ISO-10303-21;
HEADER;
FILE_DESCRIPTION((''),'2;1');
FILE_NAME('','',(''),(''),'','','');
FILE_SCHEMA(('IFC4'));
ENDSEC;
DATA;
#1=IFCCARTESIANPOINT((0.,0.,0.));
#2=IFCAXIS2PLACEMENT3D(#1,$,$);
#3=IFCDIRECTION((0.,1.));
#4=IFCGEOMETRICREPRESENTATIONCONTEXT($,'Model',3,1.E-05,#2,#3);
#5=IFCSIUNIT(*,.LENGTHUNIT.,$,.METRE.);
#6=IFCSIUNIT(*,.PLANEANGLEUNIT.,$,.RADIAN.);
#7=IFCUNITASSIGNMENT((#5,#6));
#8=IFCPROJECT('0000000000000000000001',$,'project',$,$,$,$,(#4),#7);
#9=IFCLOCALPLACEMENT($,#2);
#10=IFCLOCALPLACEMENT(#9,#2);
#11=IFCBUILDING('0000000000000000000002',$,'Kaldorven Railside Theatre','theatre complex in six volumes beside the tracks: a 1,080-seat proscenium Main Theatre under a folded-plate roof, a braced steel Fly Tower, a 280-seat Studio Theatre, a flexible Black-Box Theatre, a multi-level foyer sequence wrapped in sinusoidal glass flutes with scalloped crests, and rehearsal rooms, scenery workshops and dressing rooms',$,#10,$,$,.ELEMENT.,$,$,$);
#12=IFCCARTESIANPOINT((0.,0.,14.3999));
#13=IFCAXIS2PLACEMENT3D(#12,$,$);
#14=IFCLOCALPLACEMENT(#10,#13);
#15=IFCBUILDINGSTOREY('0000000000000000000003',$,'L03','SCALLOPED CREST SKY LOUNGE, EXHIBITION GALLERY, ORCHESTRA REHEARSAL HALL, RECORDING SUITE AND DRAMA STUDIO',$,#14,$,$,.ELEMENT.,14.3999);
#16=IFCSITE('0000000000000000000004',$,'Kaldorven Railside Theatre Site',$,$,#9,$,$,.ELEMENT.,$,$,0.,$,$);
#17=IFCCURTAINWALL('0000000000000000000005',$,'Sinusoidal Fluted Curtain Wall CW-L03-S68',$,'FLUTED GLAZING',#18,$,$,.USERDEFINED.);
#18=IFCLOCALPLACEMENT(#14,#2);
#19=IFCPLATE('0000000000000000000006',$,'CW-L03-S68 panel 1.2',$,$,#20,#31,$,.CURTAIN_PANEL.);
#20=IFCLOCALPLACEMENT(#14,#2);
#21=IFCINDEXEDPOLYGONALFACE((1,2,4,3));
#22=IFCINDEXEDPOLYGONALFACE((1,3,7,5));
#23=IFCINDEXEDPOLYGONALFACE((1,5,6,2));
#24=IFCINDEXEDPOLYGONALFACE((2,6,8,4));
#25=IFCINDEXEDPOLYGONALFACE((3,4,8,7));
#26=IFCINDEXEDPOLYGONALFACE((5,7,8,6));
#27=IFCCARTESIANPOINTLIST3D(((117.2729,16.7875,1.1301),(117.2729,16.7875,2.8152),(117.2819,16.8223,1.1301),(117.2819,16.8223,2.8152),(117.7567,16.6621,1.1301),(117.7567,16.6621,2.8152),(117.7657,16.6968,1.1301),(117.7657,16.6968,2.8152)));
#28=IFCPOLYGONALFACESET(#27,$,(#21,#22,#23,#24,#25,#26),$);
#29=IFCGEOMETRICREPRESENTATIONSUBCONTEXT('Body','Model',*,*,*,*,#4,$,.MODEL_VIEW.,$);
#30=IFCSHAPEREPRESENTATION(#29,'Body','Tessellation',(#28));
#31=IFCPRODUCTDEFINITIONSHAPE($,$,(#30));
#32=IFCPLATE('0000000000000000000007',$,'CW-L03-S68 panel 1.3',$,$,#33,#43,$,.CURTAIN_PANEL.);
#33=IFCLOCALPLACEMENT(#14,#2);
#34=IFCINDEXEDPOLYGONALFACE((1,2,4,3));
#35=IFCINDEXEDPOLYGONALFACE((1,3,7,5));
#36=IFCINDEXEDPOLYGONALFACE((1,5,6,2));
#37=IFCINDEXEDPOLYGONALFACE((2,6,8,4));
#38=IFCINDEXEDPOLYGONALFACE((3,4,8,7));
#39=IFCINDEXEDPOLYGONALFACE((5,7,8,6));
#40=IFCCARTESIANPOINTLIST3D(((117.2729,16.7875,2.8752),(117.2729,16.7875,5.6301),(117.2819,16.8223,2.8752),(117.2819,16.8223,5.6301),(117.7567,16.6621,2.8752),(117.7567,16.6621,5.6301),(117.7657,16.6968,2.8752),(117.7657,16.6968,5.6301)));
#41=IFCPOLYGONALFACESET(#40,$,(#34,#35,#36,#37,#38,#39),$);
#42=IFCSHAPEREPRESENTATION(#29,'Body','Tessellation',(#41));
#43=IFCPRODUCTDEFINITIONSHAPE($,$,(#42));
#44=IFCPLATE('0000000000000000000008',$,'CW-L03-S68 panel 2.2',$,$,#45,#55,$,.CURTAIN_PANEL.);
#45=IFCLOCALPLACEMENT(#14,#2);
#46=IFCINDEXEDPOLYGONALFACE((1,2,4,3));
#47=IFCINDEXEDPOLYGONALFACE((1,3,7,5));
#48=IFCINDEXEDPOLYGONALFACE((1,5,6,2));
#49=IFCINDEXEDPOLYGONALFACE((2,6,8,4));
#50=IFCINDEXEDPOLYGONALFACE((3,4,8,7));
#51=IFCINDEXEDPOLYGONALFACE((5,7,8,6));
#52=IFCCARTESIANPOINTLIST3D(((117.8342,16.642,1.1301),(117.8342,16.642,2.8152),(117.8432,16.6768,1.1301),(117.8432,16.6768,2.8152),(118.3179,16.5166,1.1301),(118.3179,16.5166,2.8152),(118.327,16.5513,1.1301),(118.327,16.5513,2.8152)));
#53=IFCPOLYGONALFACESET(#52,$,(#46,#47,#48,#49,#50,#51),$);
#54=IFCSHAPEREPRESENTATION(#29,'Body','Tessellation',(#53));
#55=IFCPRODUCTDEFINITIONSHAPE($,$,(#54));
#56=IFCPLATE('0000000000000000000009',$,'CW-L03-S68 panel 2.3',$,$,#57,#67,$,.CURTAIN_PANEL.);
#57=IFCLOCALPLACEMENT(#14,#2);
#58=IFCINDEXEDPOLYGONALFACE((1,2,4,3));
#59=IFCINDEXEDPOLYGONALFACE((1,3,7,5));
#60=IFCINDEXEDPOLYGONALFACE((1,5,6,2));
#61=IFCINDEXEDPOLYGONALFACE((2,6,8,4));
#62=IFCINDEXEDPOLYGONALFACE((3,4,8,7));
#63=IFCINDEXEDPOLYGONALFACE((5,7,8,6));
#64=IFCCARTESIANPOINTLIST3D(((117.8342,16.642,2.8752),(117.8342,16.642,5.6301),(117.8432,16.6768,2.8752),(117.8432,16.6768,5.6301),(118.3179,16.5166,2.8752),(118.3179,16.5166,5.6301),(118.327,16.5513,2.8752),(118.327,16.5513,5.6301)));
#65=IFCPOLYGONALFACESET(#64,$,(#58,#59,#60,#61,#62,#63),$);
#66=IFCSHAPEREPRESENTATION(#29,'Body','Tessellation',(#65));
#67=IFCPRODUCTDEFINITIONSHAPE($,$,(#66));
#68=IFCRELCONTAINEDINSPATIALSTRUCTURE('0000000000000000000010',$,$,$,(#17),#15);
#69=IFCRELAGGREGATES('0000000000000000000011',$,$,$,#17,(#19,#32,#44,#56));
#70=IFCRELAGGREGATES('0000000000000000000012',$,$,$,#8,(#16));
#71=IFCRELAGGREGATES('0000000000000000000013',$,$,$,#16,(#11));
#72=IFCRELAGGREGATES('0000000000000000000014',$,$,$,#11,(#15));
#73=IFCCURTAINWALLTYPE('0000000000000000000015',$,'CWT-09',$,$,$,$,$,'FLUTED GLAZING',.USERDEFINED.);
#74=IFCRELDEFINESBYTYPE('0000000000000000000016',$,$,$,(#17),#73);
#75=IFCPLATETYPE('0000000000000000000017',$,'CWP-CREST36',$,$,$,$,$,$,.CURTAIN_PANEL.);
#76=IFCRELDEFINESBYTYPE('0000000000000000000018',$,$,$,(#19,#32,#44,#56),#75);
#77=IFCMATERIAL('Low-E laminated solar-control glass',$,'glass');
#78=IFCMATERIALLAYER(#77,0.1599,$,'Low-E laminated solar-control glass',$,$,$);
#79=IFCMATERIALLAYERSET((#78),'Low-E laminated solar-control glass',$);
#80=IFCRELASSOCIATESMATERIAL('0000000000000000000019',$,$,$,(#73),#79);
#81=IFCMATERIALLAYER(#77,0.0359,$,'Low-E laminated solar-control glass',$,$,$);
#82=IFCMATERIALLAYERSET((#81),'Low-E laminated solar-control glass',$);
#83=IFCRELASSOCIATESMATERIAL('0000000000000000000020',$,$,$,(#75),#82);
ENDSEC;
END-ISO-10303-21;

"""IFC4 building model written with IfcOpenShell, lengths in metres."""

from ifc_helpers import new_model, si_unit, direction, frame, origin, origin_2d, place, context, subcontext, project, spatial, rectangle, extrude, material, layer, layer_set, type_object, element, aggregate, save


model = new_model("IFC4")

# Units and contexts
model_context = context("Model", 3, precision=1e-05, world=origin(), true_north=direction((0.0, 1.0)))
body_context = subcontext(model_context, "Body", "Model", "MODEL_VIEW")
ifc_project = project(units=[si_unit("LENGTHUNIT", "METRE"), si_unit("PLANEANGLEUNIT", "RADIAN")], contexts=[model_context])

# Site, building, storey
site_placement = place(None, origin())
site = spatial("IfcSite", under=ifc_project, at=site_placement, Name="Kaldorven Railside Theatre Site", CompositionType="ELEMENT", RefElevation=0.0)
building_placement = place(site_placement, origin())
building = spatial("IfcBuilding", under=site, at=building_placement, Name="Kaldorven Railside Theatre", Description="theatre complex in six volumes beside the tracks: a 1,080-seat proscenium Main Theatre under a folded-plate roof, a braced steel Fly Tower, a 280-seat Studio Theatre, a flexible Black-Box Theatre, a multi-level foyer sequence wrapped in sinusoidal glass flutes with scalloped crests, and rehearsal rooms, scenery workshops and dressing rooms", CompositionType="ELEMENT")
storey_placement = place(building_placement, frame((0.0, 0.0, 14.3999)))
storey = spatial("IfcBuildingStorey", under=building, at=storey_placement, Name="L03", Description="SCALLOPED CREST SKY LOUNGE, EXHIBITION GALLERY, ORCHESTRA REHEARSAL HALL, RECORDING SUITE AND DRAMA STUDIO", CompositionType="ELEMENT", Elevation=14.3999)

# Curtain wall
ifc_material_1 = material(Name="Low-E laminated solar-control glass", Category="glass")
ifc_layer_1 = layer(ifc_material_1, 0.1599, Name="Low-E laminated solar-control glass")
ifc_layer_set_1 = layer_set([ifc_layer_1], Name="Low-E laminated solar-control glass")
curtain_wall_type_1 = type_object("IfcCurtainWallType", Name="CWT-09", ElementType="FLUTED GLAZING", PredefinedType="USERDEFINED", material=ifc_layer_set_1)
curtain_wall_1_placement = place(storey_placement, origin())
curtain_wall_1 = element("IfcCurtainWall", 1, at=curtain_wall_1_placement, inside=storey, type_object=curtain_wall_type_1, Name="Sinusoidal Fluted Curtain Wall CW-L03-S68", ObjectType="FLUTED GLAZING", PredefinedType="USERDEFINED")

# Plates
ifc_layer_2 = layer(ifc_material_1, 0.0359, Name="Low-E laminated solar-control glass")
ifc_layer_set_2 = layer_set([ifc_layer_2], Name="Low-E laminated solar-control glass")
plate_type = type_object("IfcPlateType", Name="CWP-CREST36", PredefinedType="CURTAIN_PANEL", material=ifc_layer_set_2)
plate_1_placement = place(storey_placement, frame((117.5193, 16.7422, 1.1301), z_axis=(0.0, 0.0, 1.0), x_axis=(0.967999, -0.250954, 0.0)))
plate_1 = element("IfcPlate", 2, at=plate_1_placement, type_object=plate_type, Name="CW-L03-S68 panel 1.2", PredefinedType="CURTAIN_PANEL", context=body_context, shape_type="SweptSolid", body=[
    extrude(rectangle(XDim=0.4998, YDim=0.0359, at=origin_2d()), origin(), (0.0, 0.0, 1.0), 1.6851),
])
plate_2_placement = place(storey_placement, frame((117.5193, 16.7422, 2.8752), z_axis=(0.0, 0.0, 1.0), x_axis=(0.967999, -0.250954, 0.0)))
plate_2 = element("IfcPlate", 3, at=plate_2_placement, type_object=plate_type, Name="CW-L03-S68 panel 1.3", PredefinedType="CURTAIN_PANEL", context=body_context, shape_type="SweptSolid", body=[
    extrude(rectangle(XDim=0.4998, YDim=0.0359, at=origin_2d()), origin(), (0.0, 0.0, 1.0), 2.7549),
])
plate_3_placement = place(storey_placement, frame((118.0806, 16.5967, 1.1301), z_axis=(0.0, 0.0, 1.0), x_axis=(0.967999, -0.250954, 0.0)))
plate_3 = element("IfcPlate", 4, at=plate_3_placement, type_object=plate_type, Name="CW-L03-S68 panel 2.2", PredefinedType="CURTAIN_PANEL", context=body_context, shape_type="SweptSolid", body=[
    extrude(rectangle(XDim=0.4998, YDim=0.0359, at=origin_2d()), origin(), (0.0, 0.0, 1.0), 1.6851),
])
plate_4_placement = place(storey_placement, frame((118.0806, 16.5967, 2.8752), z_axis=(0.0, 0.0, 1.0), x_axis=(0.967999, -0.250954, 0.0)))
plate_4 = element("IfcPlate", 5, at=plate_4_placement, type_object=plate_type, Name="CW-L03-S68 panel 2.3", PredefinedType="CURTAIN_PANEL", context=body_context, shape_type="SweptSolid", body=[
    extrude(rectangle(XDim=0.4998, YDim=0.0359, at=origin_2d()), origin(), (0.0, 0.0, 1.0), 2.7549),
])
aggregate(curtain_wall_1, [plate_1, plate_2, plate_3, plate_4])

save(model, "model.ifc")
